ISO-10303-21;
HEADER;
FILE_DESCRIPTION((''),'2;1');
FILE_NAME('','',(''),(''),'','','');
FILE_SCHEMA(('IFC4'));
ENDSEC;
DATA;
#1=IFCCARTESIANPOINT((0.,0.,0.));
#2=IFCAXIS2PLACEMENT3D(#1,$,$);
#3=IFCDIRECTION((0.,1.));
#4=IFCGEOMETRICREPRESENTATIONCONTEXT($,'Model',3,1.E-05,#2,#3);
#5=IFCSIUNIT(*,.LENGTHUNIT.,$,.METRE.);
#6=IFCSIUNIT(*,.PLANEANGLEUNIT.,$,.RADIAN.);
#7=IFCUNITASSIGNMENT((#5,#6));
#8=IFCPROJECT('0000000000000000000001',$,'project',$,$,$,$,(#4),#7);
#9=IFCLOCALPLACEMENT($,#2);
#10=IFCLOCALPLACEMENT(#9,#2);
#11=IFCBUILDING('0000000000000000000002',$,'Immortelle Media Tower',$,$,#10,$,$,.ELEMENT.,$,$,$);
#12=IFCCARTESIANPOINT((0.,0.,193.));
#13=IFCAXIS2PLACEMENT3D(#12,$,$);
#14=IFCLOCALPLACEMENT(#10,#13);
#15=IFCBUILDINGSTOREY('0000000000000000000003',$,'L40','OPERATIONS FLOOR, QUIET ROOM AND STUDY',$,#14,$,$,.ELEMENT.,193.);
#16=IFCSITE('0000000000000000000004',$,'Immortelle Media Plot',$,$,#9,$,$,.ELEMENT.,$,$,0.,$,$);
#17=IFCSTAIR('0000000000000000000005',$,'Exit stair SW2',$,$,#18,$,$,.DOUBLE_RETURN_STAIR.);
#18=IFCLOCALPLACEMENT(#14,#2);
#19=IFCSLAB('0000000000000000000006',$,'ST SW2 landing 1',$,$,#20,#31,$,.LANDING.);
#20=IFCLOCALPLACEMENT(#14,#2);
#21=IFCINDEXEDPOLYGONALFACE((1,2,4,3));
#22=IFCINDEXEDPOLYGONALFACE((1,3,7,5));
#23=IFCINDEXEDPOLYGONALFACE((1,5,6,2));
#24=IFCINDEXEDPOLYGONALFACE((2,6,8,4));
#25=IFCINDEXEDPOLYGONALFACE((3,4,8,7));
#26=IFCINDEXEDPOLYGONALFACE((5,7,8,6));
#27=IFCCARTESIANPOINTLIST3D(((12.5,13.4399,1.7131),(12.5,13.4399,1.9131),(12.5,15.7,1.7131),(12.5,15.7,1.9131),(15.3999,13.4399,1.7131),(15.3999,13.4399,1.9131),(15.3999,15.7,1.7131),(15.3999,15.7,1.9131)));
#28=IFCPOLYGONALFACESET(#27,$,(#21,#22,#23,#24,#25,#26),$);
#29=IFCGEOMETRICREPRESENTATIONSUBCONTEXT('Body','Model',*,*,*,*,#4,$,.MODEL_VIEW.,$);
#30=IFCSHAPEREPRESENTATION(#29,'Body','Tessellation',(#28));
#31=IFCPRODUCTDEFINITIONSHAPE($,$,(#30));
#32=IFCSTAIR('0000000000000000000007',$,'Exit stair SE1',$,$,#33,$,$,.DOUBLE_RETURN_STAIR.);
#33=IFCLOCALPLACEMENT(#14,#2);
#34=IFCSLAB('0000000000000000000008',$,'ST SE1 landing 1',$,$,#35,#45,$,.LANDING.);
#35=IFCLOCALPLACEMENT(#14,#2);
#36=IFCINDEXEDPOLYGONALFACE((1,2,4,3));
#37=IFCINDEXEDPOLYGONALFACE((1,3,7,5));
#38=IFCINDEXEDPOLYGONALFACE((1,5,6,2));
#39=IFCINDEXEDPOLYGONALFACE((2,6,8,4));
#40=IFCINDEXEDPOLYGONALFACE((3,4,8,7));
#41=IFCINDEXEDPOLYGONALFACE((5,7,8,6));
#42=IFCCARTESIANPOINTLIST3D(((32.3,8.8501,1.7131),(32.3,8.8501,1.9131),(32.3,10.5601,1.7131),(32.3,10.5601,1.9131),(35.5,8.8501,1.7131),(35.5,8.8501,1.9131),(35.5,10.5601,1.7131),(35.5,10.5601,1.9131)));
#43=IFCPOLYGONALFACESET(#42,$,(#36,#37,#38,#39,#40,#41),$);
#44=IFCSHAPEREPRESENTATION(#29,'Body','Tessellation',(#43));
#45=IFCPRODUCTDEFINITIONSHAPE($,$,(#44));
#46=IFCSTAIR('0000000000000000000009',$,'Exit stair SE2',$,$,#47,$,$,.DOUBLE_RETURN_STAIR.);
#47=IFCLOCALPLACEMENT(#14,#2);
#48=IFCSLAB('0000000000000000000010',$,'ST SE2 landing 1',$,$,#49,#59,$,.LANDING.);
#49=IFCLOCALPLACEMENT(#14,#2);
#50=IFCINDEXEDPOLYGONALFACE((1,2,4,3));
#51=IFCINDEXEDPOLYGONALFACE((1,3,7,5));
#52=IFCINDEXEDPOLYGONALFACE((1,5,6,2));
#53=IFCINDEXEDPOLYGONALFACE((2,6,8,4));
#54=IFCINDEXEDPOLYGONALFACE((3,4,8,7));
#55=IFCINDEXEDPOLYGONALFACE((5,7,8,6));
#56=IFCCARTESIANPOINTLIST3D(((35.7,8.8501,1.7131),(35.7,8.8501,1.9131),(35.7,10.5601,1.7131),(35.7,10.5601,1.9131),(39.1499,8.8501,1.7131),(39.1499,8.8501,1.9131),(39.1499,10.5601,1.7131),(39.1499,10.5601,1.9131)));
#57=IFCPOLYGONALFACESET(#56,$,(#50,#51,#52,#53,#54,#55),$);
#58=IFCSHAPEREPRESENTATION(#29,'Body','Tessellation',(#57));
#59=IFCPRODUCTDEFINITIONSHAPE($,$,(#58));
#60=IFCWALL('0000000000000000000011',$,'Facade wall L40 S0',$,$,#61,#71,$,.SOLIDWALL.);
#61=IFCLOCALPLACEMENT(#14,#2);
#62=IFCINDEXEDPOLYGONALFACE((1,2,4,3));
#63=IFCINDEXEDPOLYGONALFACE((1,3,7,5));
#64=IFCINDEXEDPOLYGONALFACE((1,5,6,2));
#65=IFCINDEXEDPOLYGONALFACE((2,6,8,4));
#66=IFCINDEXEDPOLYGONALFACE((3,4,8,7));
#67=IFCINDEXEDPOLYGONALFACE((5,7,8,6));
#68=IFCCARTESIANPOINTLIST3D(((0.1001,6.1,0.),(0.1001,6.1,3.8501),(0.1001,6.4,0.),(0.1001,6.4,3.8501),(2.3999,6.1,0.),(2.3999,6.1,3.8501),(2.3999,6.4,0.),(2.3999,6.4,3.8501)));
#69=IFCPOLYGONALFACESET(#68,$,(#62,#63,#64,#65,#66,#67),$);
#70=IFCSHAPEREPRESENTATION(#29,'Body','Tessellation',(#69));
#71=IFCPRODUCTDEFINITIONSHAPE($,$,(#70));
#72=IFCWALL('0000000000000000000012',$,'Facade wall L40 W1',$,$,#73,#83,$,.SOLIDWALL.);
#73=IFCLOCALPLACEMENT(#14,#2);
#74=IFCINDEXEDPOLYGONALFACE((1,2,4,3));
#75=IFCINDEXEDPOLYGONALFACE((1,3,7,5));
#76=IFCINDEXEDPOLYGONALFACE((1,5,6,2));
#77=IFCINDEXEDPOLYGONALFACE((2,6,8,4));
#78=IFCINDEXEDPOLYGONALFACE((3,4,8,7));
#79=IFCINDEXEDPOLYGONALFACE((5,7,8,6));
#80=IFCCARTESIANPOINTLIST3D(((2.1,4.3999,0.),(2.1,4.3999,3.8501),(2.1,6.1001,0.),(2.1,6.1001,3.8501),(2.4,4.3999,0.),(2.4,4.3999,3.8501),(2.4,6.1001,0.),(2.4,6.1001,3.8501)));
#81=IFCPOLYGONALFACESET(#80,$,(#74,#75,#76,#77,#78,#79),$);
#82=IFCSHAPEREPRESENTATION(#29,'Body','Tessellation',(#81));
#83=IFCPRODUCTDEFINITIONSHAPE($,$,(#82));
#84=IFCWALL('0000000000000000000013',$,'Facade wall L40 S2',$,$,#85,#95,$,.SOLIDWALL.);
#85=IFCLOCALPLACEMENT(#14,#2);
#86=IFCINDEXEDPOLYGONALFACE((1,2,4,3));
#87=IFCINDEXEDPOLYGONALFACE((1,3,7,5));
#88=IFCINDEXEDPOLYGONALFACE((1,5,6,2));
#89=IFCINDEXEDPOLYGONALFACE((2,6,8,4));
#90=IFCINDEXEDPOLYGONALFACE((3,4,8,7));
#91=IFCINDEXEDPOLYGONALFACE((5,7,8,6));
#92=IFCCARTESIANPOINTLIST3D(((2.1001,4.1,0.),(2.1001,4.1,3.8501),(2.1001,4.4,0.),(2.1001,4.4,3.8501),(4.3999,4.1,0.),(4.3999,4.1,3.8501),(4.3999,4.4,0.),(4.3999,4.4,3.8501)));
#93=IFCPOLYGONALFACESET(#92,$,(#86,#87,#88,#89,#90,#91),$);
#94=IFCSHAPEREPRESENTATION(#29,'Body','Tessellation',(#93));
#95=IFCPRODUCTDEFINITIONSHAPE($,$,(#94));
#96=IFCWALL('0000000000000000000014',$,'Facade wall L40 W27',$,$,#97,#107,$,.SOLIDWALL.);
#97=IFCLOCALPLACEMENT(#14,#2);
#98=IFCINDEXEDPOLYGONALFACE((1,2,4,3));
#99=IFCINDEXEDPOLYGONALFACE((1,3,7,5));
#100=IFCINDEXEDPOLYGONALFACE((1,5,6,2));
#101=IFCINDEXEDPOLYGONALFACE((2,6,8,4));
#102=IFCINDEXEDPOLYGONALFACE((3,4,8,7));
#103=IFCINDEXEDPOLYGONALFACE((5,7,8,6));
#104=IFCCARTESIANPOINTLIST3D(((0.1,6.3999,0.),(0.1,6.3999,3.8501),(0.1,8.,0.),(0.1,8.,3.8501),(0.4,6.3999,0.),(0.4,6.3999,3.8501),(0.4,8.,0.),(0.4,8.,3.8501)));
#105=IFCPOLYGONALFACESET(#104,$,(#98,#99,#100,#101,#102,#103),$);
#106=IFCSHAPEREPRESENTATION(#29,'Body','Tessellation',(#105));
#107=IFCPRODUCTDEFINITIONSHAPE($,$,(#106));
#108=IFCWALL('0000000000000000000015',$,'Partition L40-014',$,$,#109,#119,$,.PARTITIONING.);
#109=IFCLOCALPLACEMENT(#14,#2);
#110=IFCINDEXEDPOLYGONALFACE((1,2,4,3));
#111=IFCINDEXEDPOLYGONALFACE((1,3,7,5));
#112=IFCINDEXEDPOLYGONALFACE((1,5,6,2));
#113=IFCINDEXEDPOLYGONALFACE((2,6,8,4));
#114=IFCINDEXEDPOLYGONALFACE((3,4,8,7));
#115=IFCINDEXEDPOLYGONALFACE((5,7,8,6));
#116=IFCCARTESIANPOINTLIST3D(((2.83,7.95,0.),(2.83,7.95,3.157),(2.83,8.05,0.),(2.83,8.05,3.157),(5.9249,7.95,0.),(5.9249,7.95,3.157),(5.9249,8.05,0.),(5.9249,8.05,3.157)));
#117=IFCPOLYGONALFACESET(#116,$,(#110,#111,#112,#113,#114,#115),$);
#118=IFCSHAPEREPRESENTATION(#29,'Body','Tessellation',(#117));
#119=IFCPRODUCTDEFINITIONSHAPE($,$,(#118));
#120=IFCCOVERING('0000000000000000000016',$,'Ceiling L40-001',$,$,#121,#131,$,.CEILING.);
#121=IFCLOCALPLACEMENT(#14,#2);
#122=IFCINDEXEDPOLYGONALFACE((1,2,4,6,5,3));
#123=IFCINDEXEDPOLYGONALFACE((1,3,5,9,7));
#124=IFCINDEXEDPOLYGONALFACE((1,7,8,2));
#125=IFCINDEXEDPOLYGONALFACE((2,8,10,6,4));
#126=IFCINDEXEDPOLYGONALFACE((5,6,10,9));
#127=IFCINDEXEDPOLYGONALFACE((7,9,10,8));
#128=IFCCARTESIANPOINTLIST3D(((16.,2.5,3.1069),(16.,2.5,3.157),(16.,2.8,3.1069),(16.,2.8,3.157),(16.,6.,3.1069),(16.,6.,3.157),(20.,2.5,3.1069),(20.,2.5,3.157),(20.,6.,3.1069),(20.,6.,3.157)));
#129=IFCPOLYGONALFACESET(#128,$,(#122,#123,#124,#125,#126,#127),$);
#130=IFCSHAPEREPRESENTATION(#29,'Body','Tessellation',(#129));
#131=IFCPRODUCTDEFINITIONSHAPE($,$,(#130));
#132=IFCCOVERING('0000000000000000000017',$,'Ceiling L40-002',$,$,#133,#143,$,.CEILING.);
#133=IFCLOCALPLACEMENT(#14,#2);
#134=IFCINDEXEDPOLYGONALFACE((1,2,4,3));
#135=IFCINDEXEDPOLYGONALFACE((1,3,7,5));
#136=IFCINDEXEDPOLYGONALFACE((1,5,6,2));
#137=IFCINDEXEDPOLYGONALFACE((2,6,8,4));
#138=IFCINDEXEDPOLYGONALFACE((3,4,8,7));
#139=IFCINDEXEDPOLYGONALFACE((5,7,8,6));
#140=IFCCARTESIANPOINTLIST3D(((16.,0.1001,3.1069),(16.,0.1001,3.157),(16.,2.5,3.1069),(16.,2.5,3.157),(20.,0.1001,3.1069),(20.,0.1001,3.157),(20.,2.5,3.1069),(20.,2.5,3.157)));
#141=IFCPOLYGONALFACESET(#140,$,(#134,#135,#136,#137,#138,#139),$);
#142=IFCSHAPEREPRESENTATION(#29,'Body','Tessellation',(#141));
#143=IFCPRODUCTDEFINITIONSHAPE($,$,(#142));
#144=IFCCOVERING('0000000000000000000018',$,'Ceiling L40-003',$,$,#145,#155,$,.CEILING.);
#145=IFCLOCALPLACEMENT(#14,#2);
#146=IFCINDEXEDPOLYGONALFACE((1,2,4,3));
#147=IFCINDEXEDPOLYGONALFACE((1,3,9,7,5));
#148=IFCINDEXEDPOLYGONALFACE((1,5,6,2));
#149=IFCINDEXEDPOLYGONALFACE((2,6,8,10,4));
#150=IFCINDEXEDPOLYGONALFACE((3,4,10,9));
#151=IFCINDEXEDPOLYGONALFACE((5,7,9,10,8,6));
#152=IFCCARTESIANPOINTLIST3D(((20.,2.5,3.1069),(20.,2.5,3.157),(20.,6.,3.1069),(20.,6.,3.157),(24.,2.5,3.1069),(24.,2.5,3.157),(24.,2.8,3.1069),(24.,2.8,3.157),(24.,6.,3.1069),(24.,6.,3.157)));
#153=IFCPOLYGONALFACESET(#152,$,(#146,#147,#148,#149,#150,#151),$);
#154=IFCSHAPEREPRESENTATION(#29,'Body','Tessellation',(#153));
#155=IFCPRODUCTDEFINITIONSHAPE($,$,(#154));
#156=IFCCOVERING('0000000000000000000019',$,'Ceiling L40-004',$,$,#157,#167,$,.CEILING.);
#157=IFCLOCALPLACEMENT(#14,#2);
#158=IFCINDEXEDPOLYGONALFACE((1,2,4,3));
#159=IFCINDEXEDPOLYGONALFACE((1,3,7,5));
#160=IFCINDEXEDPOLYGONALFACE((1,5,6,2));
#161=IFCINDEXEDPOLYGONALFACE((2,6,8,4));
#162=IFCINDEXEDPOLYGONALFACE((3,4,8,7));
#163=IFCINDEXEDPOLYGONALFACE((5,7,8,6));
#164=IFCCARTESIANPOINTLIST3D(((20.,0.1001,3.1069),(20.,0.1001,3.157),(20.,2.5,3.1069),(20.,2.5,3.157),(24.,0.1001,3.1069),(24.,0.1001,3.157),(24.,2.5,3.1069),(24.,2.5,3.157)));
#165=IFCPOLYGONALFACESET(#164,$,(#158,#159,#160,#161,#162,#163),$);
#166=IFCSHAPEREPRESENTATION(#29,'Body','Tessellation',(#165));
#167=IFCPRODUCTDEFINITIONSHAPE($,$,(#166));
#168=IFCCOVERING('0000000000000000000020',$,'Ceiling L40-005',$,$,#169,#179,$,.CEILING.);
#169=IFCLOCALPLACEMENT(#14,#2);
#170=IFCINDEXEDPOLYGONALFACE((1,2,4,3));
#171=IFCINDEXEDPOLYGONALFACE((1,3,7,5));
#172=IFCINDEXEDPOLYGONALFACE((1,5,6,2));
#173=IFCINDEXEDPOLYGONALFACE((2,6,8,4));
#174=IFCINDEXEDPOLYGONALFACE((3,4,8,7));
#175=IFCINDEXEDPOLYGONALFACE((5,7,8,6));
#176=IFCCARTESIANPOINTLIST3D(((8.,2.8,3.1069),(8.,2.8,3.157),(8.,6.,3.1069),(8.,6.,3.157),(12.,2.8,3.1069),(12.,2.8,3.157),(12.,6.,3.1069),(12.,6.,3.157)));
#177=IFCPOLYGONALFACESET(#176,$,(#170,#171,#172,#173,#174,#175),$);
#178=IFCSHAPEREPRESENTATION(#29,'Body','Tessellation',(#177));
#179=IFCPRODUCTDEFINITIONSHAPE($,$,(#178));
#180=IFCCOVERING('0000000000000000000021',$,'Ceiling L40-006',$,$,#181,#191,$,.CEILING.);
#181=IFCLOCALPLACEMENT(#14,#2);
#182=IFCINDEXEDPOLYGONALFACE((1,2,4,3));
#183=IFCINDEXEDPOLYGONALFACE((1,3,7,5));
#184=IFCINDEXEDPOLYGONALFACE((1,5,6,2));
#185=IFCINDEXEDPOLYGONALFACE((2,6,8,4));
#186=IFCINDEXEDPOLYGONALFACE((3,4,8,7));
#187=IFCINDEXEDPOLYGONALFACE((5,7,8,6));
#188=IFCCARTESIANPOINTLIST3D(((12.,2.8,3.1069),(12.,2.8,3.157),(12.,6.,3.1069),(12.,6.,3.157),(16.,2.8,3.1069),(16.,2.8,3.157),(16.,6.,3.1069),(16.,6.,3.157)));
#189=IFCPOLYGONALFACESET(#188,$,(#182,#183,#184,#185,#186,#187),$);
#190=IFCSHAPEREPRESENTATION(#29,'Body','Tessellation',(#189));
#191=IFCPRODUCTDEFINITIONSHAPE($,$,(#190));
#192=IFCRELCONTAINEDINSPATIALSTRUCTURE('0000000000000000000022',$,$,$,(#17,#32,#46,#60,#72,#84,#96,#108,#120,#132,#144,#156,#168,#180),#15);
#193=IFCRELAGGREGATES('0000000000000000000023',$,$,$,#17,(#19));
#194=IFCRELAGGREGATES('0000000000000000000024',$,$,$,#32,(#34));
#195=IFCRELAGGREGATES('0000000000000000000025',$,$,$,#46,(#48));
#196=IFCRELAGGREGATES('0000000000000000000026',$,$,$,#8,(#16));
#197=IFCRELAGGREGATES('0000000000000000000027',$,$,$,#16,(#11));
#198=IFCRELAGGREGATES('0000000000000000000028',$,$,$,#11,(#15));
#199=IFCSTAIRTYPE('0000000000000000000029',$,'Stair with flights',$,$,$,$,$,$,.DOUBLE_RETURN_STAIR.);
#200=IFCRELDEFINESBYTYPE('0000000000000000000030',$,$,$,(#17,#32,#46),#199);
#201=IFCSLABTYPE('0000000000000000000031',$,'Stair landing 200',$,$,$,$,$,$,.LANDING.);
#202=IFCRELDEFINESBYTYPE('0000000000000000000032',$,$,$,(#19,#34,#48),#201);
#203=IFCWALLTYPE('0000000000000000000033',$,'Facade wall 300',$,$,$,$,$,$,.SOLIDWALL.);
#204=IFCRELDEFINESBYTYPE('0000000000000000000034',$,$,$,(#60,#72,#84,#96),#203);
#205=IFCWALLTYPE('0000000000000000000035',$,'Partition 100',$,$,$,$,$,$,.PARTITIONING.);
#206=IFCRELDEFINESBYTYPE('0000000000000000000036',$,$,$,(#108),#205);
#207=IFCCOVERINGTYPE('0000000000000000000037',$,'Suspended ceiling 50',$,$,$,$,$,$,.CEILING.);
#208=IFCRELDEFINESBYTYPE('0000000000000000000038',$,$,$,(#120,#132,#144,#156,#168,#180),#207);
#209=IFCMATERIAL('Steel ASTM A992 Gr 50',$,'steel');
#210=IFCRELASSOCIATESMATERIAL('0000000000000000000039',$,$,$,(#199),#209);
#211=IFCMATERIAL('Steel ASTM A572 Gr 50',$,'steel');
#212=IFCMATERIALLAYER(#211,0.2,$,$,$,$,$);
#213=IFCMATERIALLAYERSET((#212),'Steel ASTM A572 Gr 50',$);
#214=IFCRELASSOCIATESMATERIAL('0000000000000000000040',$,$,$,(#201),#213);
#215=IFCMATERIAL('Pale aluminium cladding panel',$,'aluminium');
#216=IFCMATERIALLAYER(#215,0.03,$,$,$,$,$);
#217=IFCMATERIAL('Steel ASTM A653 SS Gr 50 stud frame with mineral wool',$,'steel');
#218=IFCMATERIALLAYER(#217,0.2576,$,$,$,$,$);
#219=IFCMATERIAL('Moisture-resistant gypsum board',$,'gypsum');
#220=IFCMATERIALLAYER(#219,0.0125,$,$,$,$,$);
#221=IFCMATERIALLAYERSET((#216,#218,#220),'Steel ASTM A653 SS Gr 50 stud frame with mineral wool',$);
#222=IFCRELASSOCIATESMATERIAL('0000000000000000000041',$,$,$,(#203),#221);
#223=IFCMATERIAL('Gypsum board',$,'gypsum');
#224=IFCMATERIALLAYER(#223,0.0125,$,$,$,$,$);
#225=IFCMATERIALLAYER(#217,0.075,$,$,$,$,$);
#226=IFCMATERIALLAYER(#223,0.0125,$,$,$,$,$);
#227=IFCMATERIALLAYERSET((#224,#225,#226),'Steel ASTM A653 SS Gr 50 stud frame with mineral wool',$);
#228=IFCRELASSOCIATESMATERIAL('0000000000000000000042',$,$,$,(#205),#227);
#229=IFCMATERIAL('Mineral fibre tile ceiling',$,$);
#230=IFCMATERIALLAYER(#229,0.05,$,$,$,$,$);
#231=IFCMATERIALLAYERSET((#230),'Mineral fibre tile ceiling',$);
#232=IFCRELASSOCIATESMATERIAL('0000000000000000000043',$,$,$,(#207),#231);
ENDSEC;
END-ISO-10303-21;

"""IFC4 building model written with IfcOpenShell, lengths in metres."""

from ifc_helpers import new_model, si_unit, direction, frame, frame_2d, origin, place, context, subcontext, project, spatial, polyline, rectangle, outline, extrude, material, layer, layer_set, type_object, element, aggregate, save


model = new_model("IFC4")

# Units and contexts
model_context = context("Model", 3, precision=1e-05, world=origin(), true_north=direction((0.0, 1.0)))
body_context = subcontext(model_context, "Body", "Model", "MODEL_VIEW")
ifc_project = project(units=[si_unit("LENGTHUNIT", "METRE"), si_unit("PLANEANGLEUNIT", "RADIAN")], contexts=[model_context])

# Site, building, storey
site_placement = place(None, origin())
site = spatial("IfcSite", under=ifc_project, at=site_placement, Name="Immortelle Media Plot", CompositionType="ELEMENT", RefElevation=0.0)
building_placement = place(site_placement, origin())
building = spatial("IfcBuilding", under=site, at=building_placement, Name="Immortelle Media Tower", CompositionType="ELEMENT")
storey_placement = place(building_placement, frame((0.0, 0.0, 193.0)))
storey = spatial("IfcBuildingStorey", under=building, at=storey_placement, Name="L40", Description="OPERATIONS FLOOR, QUIET ROOM AND STUDY", CompositionType="ELEMENT", Elevation=193.0)

# Shared definitions
ifc_material_1 = material(Name="Steel ASTM A992 Gr 50", Category="steel")

# Stairs, slabs
stair_type = type_object("IfcStairType", Name="Stair with flights", PredefinedType="DOUBLE_RETURN_STAIR", material=ifc_material_1)
ifc_material_2 = material(Name="Steel ASTM A572 Gr 50", Category="steel")
ifc_layer_1 = layer(ifc_material_2, 0.2)
ifc_layer_set_1 = layer_set([ifc_layer_1], Name="Steel ASTM A572 Gr 50")
slab_type_1 = type_object("IfcSlabType", Name="Stair landing 200", PredefinedType="LANDING", material=ifc_layer_set_1)
stair_1_placement = place(storey_placement, origin())
stair_1 = element("IfcStair", 1, at=stair_1_placement, inside=storey, type_object=stair_type, Name="Exit stair SW2", PredefinedType="DOUBLE_RETURN_STAIR")
slab_1_placement = place(storey_placement, frame((0.0, 0.0, 1.7131)))
slab_1 = element("IfcSlab", 2, at=slab_1_placement, type_object=slab_type_1, Name="ST SW2 landing 1", PredefinedType="LANDING", context=body_context, shape_type="SweptSolid", body=[
    extrude(outline(polyline([(12.5, 13.4399), (15.3999, 13.4399), (15.3999, 15.7), (12.5, 15.7), (12.5, 13.4399)])), origin(), (0.0, 0.0, 1.0), 0.2),
])
aggregate(stair_1, [slab_1])
stair_2_placement = place(storey_placement, origin())
stair_2 = element("IfcStair", 3, at=stair_2_placement, inside=storey, type_object=stair_type, Name="Exit stair SE1", PredefinedType="DOUBLE_RETURN_STAIR")
slab_2_placement = place(storey_placement, frame((0.0, 0.0, 1.7131)))
slab_2 = element("IfcSlab", 4, at=slab_2_placement, type_object=slab_type_1, Name="ST SE1 landing 1", PredefinedType="LANDING", context=body_context, shape_type="SweptSolid", body=[
    extrude(outline(polyline([(32.3, 8.8501), (35.5, 8.8501), (35.5, 10.5601), (32.3, 10.5601), (32.3, 8.8501)])), origin(), (0.0, 0.0, 1.0), 0.2),
])
aggregate(stair_2, [slab_2])
stair_3_placement = place(storey_placement, origin())
stair_3 = element("IfcStair", 5, at=stair_3_placement, inside=storey, type_object=stair_type, Name="Exit stair SE2", PredefinedType="DOUBLE_RETURN_STAIR")
slab_3_placement = place(storey_placement, frame((0.0, 0.0, 1.7131)))
slab_3 = element("IfcSlab", 6, at=slab_3_placement, type_object=slab_type_1, Name="ST SE2 landing 1", PredefinedType="LANDING", context=body_context, shape_type="SweptSolid", body=[
    extrude(outline(polyline([(35.7, 8.8501), (39.1499, 8.8501), (39.1499, 10.5601), (35.7, 10.5601), (35.7, 8.8501)])), origin(), (0.0, 0.0, 1.0), 0.2),
])
aggregate(stair_3, [slab_3])

# Walls
ifc_material_3 = material(Name="Pale aluminium cladding panel", Category="aluminium")
ifc_layer_2 = layer(ifc_material_3, 0.03)
ifc_material_4 = material(Name="Steel ASTM A653 SS Gr 50 stud frame with mineral wool", Category="steel")
ifc_layer_3 = layer(ifc_material_4, 0.2576)
ifc_material_5 = material(Name="Moisture-resistant gypsum board", Category="gypsum")
ifc_layer_4 = layer(ifc_material_5, 0.0125)
ifc_layer_set_2 = layer_set([ifc_layer_2, ifc_layer_3, ifc_layer_4], Name="Steel ASTM A653 SS Gr 50 stud frame with mineral wool")
wall_type_1 = type_object("IfcWallType", Name="Facade wall 300", PredefinedType="SOLIDWALL", material=ifc_layer_set_2)
wall_1_placement = place(storey_placement, frame((0.1001, 6.25, 0.0), z_axis=(0.0, 0.0, 1.0), x_axis=(1.0, 0.0, 0.0)))
element("IfcWall", 7, at=wall_1_placement, inside=storey, type_object=wall_type_1, Name="Facade wall L40 S0", PredefinedType="SOLIDWALL", context=body_context, shape_type="SweptSolid", body=[
    extrude(rectangle(XDim=2.2998, YDim=0.3, at=frame_2d((1.1499, 0.0))), origin(), (0.0, 0.0, 1.0), 3.8501),
])
wall_2_placement = place(storey_placement, frame((2.25, 6.1001, 0.0), z_axis=(0.0, 0.0, 1.0), x_axis=(0.0, -1.0, 0.0)))
element("IfcWall", 8, at=wall_2_placement, inside=storey, type_object=wall_type_1, Name="Facade wall L40 W1", PredefinedType="SOLIDWALL", context=body_context, shape_type="SweptSolid", body=[
    extrude(rectangle(XDim=1.7002, YDim=0.3, at=frame_2d((0.8501, 0.0))), origin(), (0.0, 0.0, 1.0), 3.8501),
])
wall_3_placement = place(storey_placement, frame((2.1001, 4.25, 0.0), z_axis=(0.0, 0.0, 1.0), x_axis=(1.0, 0.0, 0.0)))
element("IfcWall", 9, at=wall_3_placement, inside=storey, type_object=wall_type_1, Name="Facade wall L40 S2", PredefinedType="SOLIDWALL", context=body_context, shape_type="SweptSolid", body=[
    extrude(rectangle(XDim=2.2998, YDim=0.3, at=frame_2d((1.1499, 0.0))), origin(), (0.0, 0.0, 1.0), 3.8501),
])
wall_4_placement = place(storey_placement, frame((0.25, 8.0, 0.0), z_axis=(0.0, 0.0, 1.0), x_axis=(0.0, -1.0, 0.0)))
element("IfcWall", 10, at=wall_4_placement, inside=storey, type_object=wall_type_1, Name="Facade wall L40 W27", PredefinedType="SOLIDWALL", context=body_context, shape_type="SweptSolid", body=[
    extrude(rectangle(XDim=1.6001, YDim=0.3, at=frame_2d((0.8, 0.0))), origin(), (0.0, 0.0, 1.0), 3.8501),
])
ifc_material_6 = material(Name="Gypsum board", Category="gypsum")
ifc_layer_5 = layer(ifc_material_6, 0.0125)
ifc_layer_6 = layer(ifc_material_4, 0.075)
ifc_layer_7 = layer(ifc_material_6, 0.0125)
ifc_layer_set_3 = layer_set([ifc_layer_5, ifc_layer_6, ifc_layer_7], Name="Steel ASTM A653 SS Gr 50 stud frame with mineral wool")
wall_type_2 = type_object("IfcWallType", Name="Partition 100", PredefinedType="PARTITIONING", material=ifc_layer_set_3)
wall_5_placement = place(storey_placement, frame((2.8301, 8.0, 0.0), z_axis=(0.0, 0.0, 1.0), x_axis=(1.0, 0.0, 0.0)))
element("IfcWall", 11, at=wall_5_placement, inside=storey, type_object=wall_type_2, Name="Partition L40-014", PredefinedType="PARTITIONING", context=body_context, shape_type="SweptSolid", body=[
    extrude(rectangle(XDim=3.095, YDim=0.1001, at=frame_2d((1.5474, 0.0))), origin(), (0.0, 0.0, 1.0), 3.157),
])

# Coverings
ifc_material_7 = material(Name="Mineral fibre tile ceiling")
ifc_layer_8 = layer(ifc_material_7, 0.05)
ifc_layer_set_4 = layer_set([ifc_layer_8], Name="Mineral fibre tile ceiling")
covering_type = type_object("IfcCoveringType", Name="Suspended ceiling 50", PredefinedType="CEILING", material=ifc_layer_set_4)
covering_1_placement = place(storey_placement, frame((0.0, 0.0, 3.1069)))
element("IfcCovering", 12, at=covering_1_placement, inside=storey, type_object=covering_type, Name="Ceiling L40-001", PredefinedType="CEILING", context=body_context, shape_type="SweptSolid", body=[
    extrude(outline(polyline([(16.0, 6.0), (20.0, 6.0), (20.0, 2.5), (16.0, 2.5), (16.0, 2.8), (16.0, 6.0)])), origin(), (0.0, 0.0, 1.0), 0.05),
])
covering_2_placement = place(storey_placement, frame((0.0, 0.0, 3.1069)))
element("IfcCovering", 13, at=covering_2_placement, inside=storey, type_object=covering_type, Name="Ceiling L40-002", PredefinedType="CEILING", context=body_context, shape_type="SweptSolid", body=[
    extrude(outline(polyline([(20.0, 0.1001), (16.0, 0.1001), (16.0, 2.5), (20.0, 2.5), (20.0, 0.1001)])), origin(), (0.0, 0.0, 1.0), 0.05),
])
covering_3_placement = place(storey_placement, frame((0.0, 0.0, 3.1069)))
element("IfcCovering", 14, at=covering_3_placement, inside=storey, type_object=covering_type, Name="Ceiling L40-003", PredefinedType="CEILING", context=body_context, shape_type="SweptSolid", body=[
    extrude(outline(polyline([(24.0, 2.8), (24.0, 2.5), (20.0, 2.5), (20.0, 6.0), (24.0, 6.0), (24.0, 2.8)])), origin(), (0.0, 0.0, 1.0), 0.05),
])
covering_4_placement = place(storey_placement, frame((0.0, 0.0, 3.1069)))
element("IfcCovering", 15, at=covering_4_placement, inside=storey, type_object=covering_type, Name="Ceiling L40-004", PredefinedType="CEILING", context=body_context, shape_type="SweptSolid", body=[
    extrude(outline(polyline([(24.0, 0.1001), (20.0, 0.1001), (20.0, 2.5), (24.0, 2.5), (24.0, 0.1001)])), origin(), (0.0, 0.0, 1.0), 0.05),
])
covering_5_placement = place(storey_placement, frame((0.0, 0.0, 3.1069)))
element("IfcCovering", 16, at=covering_5_placement, inside=storey, type_object=covering_type, Name="Ceiling L40-005", PredefinedType="CEILING", context=body_context, shape_type="SweptSolid", body=[
    extrude(outline(polyline([(8.0, 6.0), (12.0, 6.0), (12.0, 2.8), (8.0, 2.8), (8.0, 6.0)])), origin(), (0.0, 0.0, 1.0), 0.05),
])
covering_6_placement = place(storey_placement, frame((0.0, 0.0, 3.1069)))
element("IfcCovering", 17, at=covering_6_placement, inside=storey, type_object=covering_type, Name="Ceiling L40-006", PredefinedType="CEILING", context=body_context, shape_type="SweptSolid", body=[
    extrude(outline(polyline([(16.0, 6.0), (16.0, 2.8), (12.0, 2.8), (12.0, 6.0), (16.0, 6.0)])), origin(), (0.0, 0.0, 1.0), 0.05),
])

save(model, "model.ifc")
